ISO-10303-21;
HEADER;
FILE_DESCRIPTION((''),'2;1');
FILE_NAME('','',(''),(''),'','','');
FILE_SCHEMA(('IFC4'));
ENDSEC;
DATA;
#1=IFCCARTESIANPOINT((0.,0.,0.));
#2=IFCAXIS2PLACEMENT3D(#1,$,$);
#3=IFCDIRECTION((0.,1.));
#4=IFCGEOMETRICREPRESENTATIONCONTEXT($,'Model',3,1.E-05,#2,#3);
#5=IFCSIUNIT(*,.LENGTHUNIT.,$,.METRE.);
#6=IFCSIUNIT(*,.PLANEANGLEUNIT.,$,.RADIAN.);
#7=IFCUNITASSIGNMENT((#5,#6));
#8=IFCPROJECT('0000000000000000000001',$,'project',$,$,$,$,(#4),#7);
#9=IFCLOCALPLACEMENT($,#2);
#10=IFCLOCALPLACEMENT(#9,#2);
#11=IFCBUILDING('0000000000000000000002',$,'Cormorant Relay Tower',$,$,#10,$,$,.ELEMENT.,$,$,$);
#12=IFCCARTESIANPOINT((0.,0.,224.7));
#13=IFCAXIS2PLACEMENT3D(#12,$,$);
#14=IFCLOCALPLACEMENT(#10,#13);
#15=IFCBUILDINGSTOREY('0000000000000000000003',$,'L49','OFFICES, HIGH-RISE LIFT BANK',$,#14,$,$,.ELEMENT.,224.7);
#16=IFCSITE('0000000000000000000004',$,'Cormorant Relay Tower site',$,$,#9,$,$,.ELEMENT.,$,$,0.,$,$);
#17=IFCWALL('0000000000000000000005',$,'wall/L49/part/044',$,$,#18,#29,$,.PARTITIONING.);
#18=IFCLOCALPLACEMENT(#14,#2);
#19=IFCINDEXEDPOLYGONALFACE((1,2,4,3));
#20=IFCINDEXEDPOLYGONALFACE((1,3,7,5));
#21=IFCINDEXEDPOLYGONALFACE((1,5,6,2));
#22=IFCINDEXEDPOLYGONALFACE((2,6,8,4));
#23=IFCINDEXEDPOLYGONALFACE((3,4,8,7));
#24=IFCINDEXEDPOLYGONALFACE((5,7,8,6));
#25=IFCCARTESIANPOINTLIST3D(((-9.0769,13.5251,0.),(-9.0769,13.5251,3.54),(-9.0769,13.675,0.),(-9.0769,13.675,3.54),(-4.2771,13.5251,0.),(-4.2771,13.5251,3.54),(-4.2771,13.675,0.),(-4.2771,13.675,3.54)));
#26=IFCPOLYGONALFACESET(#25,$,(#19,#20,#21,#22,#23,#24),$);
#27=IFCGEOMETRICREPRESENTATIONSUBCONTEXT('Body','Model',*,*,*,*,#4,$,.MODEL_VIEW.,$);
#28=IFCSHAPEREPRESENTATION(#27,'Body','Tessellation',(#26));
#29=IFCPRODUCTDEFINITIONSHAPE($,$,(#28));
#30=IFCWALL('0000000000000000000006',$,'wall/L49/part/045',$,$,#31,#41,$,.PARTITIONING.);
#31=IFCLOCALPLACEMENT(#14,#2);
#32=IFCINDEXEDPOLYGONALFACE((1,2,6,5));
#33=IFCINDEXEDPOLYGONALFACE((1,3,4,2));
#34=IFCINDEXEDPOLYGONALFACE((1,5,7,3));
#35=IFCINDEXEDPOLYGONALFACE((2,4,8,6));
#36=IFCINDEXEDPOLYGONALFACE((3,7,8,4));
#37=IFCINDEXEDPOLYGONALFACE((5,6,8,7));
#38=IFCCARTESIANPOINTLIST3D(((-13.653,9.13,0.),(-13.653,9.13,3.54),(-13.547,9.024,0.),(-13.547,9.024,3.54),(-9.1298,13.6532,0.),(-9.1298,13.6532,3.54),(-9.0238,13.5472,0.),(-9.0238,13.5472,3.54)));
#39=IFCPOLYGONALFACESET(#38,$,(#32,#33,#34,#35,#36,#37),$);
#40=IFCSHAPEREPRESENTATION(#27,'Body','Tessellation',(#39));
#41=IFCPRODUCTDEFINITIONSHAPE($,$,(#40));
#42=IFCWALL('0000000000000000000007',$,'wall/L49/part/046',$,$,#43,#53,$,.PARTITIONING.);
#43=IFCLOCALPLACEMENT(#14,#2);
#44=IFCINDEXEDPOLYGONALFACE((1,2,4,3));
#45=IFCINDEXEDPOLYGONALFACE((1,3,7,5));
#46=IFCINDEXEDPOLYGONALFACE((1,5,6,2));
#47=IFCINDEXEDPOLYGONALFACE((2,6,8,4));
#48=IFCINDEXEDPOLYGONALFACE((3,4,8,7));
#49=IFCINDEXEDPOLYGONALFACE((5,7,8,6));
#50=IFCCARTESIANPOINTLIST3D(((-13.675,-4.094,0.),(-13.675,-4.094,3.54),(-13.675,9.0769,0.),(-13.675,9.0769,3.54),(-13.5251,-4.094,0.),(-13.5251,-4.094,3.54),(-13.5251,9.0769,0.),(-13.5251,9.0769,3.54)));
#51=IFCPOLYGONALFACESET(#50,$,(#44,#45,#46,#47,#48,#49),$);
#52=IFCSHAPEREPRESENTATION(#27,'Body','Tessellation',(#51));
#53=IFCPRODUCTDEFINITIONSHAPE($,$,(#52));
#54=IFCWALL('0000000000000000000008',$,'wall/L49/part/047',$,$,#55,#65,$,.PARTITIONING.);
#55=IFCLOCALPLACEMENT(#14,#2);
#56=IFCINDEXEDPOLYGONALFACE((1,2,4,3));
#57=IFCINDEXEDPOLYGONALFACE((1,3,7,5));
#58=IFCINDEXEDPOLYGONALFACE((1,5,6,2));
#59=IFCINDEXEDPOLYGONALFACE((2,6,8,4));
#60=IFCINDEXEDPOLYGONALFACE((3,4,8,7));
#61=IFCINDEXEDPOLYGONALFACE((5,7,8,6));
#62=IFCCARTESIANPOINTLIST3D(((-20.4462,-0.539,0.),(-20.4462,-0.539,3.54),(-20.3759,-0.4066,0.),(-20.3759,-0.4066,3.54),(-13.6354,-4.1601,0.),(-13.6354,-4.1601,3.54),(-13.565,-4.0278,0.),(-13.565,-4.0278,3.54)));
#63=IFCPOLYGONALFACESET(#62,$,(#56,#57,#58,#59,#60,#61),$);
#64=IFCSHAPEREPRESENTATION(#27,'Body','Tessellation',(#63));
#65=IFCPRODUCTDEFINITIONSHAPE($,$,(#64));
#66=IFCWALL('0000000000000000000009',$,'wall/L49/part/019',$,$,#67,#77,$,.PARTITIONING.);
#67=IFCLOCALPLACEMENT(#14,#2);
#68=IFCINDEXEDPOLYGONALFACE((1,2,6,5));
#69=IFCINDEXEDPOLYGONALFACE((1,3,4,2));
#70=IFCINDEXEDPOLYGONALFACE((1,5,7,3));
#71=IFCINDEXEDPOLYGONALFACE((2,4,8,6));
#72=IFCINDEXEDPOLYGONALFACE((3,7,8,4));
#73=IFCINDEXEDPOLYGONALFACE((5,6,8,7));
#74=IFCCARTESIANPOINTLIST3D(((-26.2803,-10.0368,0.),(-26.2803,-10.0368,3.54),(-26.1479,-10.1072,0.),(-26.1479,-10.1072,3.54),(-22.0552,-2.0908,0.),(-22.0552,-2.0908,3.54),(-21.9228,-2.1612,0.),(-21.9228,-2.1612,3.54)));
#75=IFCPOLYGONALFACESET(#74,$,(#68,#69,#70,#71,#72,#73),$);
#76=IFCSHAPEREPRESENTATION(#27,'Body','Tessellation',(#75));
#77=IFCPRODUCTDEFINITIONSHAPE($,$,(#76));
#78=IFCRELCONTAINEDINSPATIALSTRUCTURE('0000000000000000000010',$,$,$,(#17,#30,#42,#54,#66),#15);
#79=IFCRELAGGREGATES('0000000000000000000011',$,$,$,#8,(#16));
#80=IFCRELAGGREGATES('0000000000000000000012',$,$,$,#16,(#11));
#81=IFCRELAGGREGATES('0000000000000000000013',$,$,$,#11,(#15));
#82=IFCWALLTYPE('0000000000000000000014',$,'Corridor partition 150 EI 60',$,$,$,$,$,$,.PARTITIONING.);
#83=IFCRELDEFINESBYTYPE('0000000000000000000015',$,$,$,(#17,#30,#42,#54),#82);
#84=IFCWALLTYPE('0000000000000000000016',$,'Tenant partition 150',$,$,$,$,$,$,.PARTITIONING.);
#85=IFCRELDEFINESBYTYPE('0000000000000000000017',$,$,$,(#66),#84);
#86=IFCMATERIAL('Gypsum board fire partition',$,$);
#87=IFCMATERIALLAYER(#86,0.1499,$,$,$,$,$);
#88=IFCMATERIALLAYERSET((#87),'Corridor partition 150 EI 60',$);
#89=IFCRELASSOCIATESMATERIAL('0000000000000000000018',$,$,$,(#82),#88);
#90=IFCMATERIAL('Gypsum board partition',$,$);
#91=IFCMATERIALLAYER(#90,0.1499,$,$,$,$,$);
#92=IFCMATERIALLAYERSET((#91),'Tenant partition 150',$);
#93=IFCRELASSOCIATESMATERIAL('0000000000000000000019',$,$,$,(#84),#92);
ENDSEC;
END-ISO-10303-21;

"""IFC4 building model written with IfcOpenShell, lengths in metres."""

from ifc_helpers import new_model, si_unit, direction, frame, frame_2d, origin, place, context, subcontext, project, spatial, rectangle, extrude, material, layer, layer_set, type_object, element, save


model = new_model("IFC4")

# Units and contexts
model_context = context("Model", 3, precision=1e-05, world=origin(), true_north=direction((0.0, 1.0)))
body_context = subcontext(model_context, "Body", "Model", "MODEL_VIEW")
ifc_project = project(units=[si_unit("LENGTHUNIT", "METRE"), si_unit("PLANEANGLEUNIT", "RADIAN")], contexts=[model_context])

# Site, building, storey
site_placement = place(None, origin())
site = spatial("IfcSite", under=ifc_project, at=site_placement, Name="Cormorant Relay Tower site", CompositionType="ELEMENT", RefElevation=0.0)
building_placement = place(site_placement, origin())
building = spatial("IfcBuilding", under=site, at=building_placement, Name="Cormorant Relay Tower", CompositionType="ELEMENT")
storey_placement = place(building_placement, frame((0.0, 0.0, 224.7)))
storey = spatial("IfcBuildingStorey", under=building, at=storey_placement, Name="L49", Description="OFFICES, HIGH-RISE LIFT BANK", CompositionType="ELEMENT", Elevation=224.7)

# Shared definitions
ifc_material_1 = material(Name="Gypsum board fire partition")
ifc_layer_1 = layer(ifc_material_1, 0.1499)
ifc_layer_set_1 = layer_set([ifc_layer_1], Name="Corridor partition 150 EI 60")
wall_type_1 = type_object("IfcWallType", Name="Corridor partition 150 EI 60", PredefinedType="PARTITIONING", material=ifc_layer_set_1)

# Walls
wall_1_placement = place(storey_placement, frame((-4.2771, 13.6001, 0.0), z_axis=(0.0, 0.0, 1.0), x_axis=(-1.0, 0.0, 0.0)))
element("IfcWall", 1, at=wall_1_placement, inside=storey, type_object=wall_type_1, Name="wall/L49/part/044", PredefinedType="PARTITIONING", context=body_context, shape_type="SweptSolid", body=[
    extrude(rectangle(XDim=4.7998, YDim=0.1499, at=frame_2d((2.3999, 0.0))), origin(), (0.0, 0.0, 1.0), 3.54),
])
wall_2_placement = place(storey_placement, frame((-9.0769, 13.6001, 0.0), z_axis=(0.0, 0.0, 1.0), x_axis=(-0.707107, -0.707107, 0.0)))
element("IfcWall", 2, at=wall_2_placement, inside=storey, type_object=wall_type_1, Name="wall/L49/part/045", PredefinedType="PARTITIONING", context=body_context, shape_type="SweptSolid", body=[
    extrude(rectangle(XDim=6.3967, YDim=0.1499, at=frame_2d((3.1982, 0.0))), origin(), (0.0, 0.0, 1.0), 3.54),
])
wall_3_placement = place(storey_placement, frame((-13.6001, 9.0769, 0.0), z_axis=(0.0, 0.0, 1.0), x_axis=(0.0, -1.0, 0.0)))
element("IfcWall", 3, at=wall_3_placement, inside=storey, type_object=wall_type_1, Name="wall/L49/part/046", PredefinedType="PARTITIONING", context=body_context, shape_type="SweptSolid", body=[
    extrude(rectangle(XDim=13.1709, YDim=0.1499, at=frame_2d((6.5854, 0.0))), origin(), (0.0, 0.0, 1.0), 3.54),
])
wall_4_placement = place(storey_placement, frame((-13.6001, -4.094, 0.0), z_axis=(0.0, 0.0, 1.0), x_axis=(-0.882962, 0.469444, 0.0)))
element("IfcWall", 4, at=wall_4_placement, inside=storey, type_object=wall_type_1, Name="wall/L49/part/047", PredefinedType="PARTITIONING", context=body_context, shape_type="SweptSolid", body=[
    extrude(rectangle(XDim=7.7136, YDim=0.1499, at=frame_2d((3.8569, 0.0))), origin(), (0.0, 0.0, 1.0), 3.54),
])
ifc_material_2 = material(Name="Gypsum board partition")
ifc_layer_2 = layer(ifc_material_2, 0.1499)
ifc_layer_set_2 = layer_set([ifc_layer_2], Name="Tenant partition 150")
wall_type_2 = type_object("IfcWallType", Name="Tenant partition 150", PredefinedType="PARTITIONING", material=ifc_layer_set_2)
wall_5_placement = place(storey_placement, frame((-21.989, -2.126, 0.0), z_axis=(0.0, 0.0, 1.0), x_axis=(-0.469481, -0.882942, 0.0)))
element("IfcWall", 5, at=wall_5_placement, inside=storey, type_object=wall_type_2, Name="wall/L49/part/019", PredefinedType="PARTITIONING", context=body_context, shape_type="SweptSolid", body=[
    extrude(rectangle(XDim=8.9995, YDim=0.1499, at=frame_2d((4.4998, 0.0))), origin(), (0.0, 0.0, 1.0), 3.54),
])

save(model, "model.ifc")
